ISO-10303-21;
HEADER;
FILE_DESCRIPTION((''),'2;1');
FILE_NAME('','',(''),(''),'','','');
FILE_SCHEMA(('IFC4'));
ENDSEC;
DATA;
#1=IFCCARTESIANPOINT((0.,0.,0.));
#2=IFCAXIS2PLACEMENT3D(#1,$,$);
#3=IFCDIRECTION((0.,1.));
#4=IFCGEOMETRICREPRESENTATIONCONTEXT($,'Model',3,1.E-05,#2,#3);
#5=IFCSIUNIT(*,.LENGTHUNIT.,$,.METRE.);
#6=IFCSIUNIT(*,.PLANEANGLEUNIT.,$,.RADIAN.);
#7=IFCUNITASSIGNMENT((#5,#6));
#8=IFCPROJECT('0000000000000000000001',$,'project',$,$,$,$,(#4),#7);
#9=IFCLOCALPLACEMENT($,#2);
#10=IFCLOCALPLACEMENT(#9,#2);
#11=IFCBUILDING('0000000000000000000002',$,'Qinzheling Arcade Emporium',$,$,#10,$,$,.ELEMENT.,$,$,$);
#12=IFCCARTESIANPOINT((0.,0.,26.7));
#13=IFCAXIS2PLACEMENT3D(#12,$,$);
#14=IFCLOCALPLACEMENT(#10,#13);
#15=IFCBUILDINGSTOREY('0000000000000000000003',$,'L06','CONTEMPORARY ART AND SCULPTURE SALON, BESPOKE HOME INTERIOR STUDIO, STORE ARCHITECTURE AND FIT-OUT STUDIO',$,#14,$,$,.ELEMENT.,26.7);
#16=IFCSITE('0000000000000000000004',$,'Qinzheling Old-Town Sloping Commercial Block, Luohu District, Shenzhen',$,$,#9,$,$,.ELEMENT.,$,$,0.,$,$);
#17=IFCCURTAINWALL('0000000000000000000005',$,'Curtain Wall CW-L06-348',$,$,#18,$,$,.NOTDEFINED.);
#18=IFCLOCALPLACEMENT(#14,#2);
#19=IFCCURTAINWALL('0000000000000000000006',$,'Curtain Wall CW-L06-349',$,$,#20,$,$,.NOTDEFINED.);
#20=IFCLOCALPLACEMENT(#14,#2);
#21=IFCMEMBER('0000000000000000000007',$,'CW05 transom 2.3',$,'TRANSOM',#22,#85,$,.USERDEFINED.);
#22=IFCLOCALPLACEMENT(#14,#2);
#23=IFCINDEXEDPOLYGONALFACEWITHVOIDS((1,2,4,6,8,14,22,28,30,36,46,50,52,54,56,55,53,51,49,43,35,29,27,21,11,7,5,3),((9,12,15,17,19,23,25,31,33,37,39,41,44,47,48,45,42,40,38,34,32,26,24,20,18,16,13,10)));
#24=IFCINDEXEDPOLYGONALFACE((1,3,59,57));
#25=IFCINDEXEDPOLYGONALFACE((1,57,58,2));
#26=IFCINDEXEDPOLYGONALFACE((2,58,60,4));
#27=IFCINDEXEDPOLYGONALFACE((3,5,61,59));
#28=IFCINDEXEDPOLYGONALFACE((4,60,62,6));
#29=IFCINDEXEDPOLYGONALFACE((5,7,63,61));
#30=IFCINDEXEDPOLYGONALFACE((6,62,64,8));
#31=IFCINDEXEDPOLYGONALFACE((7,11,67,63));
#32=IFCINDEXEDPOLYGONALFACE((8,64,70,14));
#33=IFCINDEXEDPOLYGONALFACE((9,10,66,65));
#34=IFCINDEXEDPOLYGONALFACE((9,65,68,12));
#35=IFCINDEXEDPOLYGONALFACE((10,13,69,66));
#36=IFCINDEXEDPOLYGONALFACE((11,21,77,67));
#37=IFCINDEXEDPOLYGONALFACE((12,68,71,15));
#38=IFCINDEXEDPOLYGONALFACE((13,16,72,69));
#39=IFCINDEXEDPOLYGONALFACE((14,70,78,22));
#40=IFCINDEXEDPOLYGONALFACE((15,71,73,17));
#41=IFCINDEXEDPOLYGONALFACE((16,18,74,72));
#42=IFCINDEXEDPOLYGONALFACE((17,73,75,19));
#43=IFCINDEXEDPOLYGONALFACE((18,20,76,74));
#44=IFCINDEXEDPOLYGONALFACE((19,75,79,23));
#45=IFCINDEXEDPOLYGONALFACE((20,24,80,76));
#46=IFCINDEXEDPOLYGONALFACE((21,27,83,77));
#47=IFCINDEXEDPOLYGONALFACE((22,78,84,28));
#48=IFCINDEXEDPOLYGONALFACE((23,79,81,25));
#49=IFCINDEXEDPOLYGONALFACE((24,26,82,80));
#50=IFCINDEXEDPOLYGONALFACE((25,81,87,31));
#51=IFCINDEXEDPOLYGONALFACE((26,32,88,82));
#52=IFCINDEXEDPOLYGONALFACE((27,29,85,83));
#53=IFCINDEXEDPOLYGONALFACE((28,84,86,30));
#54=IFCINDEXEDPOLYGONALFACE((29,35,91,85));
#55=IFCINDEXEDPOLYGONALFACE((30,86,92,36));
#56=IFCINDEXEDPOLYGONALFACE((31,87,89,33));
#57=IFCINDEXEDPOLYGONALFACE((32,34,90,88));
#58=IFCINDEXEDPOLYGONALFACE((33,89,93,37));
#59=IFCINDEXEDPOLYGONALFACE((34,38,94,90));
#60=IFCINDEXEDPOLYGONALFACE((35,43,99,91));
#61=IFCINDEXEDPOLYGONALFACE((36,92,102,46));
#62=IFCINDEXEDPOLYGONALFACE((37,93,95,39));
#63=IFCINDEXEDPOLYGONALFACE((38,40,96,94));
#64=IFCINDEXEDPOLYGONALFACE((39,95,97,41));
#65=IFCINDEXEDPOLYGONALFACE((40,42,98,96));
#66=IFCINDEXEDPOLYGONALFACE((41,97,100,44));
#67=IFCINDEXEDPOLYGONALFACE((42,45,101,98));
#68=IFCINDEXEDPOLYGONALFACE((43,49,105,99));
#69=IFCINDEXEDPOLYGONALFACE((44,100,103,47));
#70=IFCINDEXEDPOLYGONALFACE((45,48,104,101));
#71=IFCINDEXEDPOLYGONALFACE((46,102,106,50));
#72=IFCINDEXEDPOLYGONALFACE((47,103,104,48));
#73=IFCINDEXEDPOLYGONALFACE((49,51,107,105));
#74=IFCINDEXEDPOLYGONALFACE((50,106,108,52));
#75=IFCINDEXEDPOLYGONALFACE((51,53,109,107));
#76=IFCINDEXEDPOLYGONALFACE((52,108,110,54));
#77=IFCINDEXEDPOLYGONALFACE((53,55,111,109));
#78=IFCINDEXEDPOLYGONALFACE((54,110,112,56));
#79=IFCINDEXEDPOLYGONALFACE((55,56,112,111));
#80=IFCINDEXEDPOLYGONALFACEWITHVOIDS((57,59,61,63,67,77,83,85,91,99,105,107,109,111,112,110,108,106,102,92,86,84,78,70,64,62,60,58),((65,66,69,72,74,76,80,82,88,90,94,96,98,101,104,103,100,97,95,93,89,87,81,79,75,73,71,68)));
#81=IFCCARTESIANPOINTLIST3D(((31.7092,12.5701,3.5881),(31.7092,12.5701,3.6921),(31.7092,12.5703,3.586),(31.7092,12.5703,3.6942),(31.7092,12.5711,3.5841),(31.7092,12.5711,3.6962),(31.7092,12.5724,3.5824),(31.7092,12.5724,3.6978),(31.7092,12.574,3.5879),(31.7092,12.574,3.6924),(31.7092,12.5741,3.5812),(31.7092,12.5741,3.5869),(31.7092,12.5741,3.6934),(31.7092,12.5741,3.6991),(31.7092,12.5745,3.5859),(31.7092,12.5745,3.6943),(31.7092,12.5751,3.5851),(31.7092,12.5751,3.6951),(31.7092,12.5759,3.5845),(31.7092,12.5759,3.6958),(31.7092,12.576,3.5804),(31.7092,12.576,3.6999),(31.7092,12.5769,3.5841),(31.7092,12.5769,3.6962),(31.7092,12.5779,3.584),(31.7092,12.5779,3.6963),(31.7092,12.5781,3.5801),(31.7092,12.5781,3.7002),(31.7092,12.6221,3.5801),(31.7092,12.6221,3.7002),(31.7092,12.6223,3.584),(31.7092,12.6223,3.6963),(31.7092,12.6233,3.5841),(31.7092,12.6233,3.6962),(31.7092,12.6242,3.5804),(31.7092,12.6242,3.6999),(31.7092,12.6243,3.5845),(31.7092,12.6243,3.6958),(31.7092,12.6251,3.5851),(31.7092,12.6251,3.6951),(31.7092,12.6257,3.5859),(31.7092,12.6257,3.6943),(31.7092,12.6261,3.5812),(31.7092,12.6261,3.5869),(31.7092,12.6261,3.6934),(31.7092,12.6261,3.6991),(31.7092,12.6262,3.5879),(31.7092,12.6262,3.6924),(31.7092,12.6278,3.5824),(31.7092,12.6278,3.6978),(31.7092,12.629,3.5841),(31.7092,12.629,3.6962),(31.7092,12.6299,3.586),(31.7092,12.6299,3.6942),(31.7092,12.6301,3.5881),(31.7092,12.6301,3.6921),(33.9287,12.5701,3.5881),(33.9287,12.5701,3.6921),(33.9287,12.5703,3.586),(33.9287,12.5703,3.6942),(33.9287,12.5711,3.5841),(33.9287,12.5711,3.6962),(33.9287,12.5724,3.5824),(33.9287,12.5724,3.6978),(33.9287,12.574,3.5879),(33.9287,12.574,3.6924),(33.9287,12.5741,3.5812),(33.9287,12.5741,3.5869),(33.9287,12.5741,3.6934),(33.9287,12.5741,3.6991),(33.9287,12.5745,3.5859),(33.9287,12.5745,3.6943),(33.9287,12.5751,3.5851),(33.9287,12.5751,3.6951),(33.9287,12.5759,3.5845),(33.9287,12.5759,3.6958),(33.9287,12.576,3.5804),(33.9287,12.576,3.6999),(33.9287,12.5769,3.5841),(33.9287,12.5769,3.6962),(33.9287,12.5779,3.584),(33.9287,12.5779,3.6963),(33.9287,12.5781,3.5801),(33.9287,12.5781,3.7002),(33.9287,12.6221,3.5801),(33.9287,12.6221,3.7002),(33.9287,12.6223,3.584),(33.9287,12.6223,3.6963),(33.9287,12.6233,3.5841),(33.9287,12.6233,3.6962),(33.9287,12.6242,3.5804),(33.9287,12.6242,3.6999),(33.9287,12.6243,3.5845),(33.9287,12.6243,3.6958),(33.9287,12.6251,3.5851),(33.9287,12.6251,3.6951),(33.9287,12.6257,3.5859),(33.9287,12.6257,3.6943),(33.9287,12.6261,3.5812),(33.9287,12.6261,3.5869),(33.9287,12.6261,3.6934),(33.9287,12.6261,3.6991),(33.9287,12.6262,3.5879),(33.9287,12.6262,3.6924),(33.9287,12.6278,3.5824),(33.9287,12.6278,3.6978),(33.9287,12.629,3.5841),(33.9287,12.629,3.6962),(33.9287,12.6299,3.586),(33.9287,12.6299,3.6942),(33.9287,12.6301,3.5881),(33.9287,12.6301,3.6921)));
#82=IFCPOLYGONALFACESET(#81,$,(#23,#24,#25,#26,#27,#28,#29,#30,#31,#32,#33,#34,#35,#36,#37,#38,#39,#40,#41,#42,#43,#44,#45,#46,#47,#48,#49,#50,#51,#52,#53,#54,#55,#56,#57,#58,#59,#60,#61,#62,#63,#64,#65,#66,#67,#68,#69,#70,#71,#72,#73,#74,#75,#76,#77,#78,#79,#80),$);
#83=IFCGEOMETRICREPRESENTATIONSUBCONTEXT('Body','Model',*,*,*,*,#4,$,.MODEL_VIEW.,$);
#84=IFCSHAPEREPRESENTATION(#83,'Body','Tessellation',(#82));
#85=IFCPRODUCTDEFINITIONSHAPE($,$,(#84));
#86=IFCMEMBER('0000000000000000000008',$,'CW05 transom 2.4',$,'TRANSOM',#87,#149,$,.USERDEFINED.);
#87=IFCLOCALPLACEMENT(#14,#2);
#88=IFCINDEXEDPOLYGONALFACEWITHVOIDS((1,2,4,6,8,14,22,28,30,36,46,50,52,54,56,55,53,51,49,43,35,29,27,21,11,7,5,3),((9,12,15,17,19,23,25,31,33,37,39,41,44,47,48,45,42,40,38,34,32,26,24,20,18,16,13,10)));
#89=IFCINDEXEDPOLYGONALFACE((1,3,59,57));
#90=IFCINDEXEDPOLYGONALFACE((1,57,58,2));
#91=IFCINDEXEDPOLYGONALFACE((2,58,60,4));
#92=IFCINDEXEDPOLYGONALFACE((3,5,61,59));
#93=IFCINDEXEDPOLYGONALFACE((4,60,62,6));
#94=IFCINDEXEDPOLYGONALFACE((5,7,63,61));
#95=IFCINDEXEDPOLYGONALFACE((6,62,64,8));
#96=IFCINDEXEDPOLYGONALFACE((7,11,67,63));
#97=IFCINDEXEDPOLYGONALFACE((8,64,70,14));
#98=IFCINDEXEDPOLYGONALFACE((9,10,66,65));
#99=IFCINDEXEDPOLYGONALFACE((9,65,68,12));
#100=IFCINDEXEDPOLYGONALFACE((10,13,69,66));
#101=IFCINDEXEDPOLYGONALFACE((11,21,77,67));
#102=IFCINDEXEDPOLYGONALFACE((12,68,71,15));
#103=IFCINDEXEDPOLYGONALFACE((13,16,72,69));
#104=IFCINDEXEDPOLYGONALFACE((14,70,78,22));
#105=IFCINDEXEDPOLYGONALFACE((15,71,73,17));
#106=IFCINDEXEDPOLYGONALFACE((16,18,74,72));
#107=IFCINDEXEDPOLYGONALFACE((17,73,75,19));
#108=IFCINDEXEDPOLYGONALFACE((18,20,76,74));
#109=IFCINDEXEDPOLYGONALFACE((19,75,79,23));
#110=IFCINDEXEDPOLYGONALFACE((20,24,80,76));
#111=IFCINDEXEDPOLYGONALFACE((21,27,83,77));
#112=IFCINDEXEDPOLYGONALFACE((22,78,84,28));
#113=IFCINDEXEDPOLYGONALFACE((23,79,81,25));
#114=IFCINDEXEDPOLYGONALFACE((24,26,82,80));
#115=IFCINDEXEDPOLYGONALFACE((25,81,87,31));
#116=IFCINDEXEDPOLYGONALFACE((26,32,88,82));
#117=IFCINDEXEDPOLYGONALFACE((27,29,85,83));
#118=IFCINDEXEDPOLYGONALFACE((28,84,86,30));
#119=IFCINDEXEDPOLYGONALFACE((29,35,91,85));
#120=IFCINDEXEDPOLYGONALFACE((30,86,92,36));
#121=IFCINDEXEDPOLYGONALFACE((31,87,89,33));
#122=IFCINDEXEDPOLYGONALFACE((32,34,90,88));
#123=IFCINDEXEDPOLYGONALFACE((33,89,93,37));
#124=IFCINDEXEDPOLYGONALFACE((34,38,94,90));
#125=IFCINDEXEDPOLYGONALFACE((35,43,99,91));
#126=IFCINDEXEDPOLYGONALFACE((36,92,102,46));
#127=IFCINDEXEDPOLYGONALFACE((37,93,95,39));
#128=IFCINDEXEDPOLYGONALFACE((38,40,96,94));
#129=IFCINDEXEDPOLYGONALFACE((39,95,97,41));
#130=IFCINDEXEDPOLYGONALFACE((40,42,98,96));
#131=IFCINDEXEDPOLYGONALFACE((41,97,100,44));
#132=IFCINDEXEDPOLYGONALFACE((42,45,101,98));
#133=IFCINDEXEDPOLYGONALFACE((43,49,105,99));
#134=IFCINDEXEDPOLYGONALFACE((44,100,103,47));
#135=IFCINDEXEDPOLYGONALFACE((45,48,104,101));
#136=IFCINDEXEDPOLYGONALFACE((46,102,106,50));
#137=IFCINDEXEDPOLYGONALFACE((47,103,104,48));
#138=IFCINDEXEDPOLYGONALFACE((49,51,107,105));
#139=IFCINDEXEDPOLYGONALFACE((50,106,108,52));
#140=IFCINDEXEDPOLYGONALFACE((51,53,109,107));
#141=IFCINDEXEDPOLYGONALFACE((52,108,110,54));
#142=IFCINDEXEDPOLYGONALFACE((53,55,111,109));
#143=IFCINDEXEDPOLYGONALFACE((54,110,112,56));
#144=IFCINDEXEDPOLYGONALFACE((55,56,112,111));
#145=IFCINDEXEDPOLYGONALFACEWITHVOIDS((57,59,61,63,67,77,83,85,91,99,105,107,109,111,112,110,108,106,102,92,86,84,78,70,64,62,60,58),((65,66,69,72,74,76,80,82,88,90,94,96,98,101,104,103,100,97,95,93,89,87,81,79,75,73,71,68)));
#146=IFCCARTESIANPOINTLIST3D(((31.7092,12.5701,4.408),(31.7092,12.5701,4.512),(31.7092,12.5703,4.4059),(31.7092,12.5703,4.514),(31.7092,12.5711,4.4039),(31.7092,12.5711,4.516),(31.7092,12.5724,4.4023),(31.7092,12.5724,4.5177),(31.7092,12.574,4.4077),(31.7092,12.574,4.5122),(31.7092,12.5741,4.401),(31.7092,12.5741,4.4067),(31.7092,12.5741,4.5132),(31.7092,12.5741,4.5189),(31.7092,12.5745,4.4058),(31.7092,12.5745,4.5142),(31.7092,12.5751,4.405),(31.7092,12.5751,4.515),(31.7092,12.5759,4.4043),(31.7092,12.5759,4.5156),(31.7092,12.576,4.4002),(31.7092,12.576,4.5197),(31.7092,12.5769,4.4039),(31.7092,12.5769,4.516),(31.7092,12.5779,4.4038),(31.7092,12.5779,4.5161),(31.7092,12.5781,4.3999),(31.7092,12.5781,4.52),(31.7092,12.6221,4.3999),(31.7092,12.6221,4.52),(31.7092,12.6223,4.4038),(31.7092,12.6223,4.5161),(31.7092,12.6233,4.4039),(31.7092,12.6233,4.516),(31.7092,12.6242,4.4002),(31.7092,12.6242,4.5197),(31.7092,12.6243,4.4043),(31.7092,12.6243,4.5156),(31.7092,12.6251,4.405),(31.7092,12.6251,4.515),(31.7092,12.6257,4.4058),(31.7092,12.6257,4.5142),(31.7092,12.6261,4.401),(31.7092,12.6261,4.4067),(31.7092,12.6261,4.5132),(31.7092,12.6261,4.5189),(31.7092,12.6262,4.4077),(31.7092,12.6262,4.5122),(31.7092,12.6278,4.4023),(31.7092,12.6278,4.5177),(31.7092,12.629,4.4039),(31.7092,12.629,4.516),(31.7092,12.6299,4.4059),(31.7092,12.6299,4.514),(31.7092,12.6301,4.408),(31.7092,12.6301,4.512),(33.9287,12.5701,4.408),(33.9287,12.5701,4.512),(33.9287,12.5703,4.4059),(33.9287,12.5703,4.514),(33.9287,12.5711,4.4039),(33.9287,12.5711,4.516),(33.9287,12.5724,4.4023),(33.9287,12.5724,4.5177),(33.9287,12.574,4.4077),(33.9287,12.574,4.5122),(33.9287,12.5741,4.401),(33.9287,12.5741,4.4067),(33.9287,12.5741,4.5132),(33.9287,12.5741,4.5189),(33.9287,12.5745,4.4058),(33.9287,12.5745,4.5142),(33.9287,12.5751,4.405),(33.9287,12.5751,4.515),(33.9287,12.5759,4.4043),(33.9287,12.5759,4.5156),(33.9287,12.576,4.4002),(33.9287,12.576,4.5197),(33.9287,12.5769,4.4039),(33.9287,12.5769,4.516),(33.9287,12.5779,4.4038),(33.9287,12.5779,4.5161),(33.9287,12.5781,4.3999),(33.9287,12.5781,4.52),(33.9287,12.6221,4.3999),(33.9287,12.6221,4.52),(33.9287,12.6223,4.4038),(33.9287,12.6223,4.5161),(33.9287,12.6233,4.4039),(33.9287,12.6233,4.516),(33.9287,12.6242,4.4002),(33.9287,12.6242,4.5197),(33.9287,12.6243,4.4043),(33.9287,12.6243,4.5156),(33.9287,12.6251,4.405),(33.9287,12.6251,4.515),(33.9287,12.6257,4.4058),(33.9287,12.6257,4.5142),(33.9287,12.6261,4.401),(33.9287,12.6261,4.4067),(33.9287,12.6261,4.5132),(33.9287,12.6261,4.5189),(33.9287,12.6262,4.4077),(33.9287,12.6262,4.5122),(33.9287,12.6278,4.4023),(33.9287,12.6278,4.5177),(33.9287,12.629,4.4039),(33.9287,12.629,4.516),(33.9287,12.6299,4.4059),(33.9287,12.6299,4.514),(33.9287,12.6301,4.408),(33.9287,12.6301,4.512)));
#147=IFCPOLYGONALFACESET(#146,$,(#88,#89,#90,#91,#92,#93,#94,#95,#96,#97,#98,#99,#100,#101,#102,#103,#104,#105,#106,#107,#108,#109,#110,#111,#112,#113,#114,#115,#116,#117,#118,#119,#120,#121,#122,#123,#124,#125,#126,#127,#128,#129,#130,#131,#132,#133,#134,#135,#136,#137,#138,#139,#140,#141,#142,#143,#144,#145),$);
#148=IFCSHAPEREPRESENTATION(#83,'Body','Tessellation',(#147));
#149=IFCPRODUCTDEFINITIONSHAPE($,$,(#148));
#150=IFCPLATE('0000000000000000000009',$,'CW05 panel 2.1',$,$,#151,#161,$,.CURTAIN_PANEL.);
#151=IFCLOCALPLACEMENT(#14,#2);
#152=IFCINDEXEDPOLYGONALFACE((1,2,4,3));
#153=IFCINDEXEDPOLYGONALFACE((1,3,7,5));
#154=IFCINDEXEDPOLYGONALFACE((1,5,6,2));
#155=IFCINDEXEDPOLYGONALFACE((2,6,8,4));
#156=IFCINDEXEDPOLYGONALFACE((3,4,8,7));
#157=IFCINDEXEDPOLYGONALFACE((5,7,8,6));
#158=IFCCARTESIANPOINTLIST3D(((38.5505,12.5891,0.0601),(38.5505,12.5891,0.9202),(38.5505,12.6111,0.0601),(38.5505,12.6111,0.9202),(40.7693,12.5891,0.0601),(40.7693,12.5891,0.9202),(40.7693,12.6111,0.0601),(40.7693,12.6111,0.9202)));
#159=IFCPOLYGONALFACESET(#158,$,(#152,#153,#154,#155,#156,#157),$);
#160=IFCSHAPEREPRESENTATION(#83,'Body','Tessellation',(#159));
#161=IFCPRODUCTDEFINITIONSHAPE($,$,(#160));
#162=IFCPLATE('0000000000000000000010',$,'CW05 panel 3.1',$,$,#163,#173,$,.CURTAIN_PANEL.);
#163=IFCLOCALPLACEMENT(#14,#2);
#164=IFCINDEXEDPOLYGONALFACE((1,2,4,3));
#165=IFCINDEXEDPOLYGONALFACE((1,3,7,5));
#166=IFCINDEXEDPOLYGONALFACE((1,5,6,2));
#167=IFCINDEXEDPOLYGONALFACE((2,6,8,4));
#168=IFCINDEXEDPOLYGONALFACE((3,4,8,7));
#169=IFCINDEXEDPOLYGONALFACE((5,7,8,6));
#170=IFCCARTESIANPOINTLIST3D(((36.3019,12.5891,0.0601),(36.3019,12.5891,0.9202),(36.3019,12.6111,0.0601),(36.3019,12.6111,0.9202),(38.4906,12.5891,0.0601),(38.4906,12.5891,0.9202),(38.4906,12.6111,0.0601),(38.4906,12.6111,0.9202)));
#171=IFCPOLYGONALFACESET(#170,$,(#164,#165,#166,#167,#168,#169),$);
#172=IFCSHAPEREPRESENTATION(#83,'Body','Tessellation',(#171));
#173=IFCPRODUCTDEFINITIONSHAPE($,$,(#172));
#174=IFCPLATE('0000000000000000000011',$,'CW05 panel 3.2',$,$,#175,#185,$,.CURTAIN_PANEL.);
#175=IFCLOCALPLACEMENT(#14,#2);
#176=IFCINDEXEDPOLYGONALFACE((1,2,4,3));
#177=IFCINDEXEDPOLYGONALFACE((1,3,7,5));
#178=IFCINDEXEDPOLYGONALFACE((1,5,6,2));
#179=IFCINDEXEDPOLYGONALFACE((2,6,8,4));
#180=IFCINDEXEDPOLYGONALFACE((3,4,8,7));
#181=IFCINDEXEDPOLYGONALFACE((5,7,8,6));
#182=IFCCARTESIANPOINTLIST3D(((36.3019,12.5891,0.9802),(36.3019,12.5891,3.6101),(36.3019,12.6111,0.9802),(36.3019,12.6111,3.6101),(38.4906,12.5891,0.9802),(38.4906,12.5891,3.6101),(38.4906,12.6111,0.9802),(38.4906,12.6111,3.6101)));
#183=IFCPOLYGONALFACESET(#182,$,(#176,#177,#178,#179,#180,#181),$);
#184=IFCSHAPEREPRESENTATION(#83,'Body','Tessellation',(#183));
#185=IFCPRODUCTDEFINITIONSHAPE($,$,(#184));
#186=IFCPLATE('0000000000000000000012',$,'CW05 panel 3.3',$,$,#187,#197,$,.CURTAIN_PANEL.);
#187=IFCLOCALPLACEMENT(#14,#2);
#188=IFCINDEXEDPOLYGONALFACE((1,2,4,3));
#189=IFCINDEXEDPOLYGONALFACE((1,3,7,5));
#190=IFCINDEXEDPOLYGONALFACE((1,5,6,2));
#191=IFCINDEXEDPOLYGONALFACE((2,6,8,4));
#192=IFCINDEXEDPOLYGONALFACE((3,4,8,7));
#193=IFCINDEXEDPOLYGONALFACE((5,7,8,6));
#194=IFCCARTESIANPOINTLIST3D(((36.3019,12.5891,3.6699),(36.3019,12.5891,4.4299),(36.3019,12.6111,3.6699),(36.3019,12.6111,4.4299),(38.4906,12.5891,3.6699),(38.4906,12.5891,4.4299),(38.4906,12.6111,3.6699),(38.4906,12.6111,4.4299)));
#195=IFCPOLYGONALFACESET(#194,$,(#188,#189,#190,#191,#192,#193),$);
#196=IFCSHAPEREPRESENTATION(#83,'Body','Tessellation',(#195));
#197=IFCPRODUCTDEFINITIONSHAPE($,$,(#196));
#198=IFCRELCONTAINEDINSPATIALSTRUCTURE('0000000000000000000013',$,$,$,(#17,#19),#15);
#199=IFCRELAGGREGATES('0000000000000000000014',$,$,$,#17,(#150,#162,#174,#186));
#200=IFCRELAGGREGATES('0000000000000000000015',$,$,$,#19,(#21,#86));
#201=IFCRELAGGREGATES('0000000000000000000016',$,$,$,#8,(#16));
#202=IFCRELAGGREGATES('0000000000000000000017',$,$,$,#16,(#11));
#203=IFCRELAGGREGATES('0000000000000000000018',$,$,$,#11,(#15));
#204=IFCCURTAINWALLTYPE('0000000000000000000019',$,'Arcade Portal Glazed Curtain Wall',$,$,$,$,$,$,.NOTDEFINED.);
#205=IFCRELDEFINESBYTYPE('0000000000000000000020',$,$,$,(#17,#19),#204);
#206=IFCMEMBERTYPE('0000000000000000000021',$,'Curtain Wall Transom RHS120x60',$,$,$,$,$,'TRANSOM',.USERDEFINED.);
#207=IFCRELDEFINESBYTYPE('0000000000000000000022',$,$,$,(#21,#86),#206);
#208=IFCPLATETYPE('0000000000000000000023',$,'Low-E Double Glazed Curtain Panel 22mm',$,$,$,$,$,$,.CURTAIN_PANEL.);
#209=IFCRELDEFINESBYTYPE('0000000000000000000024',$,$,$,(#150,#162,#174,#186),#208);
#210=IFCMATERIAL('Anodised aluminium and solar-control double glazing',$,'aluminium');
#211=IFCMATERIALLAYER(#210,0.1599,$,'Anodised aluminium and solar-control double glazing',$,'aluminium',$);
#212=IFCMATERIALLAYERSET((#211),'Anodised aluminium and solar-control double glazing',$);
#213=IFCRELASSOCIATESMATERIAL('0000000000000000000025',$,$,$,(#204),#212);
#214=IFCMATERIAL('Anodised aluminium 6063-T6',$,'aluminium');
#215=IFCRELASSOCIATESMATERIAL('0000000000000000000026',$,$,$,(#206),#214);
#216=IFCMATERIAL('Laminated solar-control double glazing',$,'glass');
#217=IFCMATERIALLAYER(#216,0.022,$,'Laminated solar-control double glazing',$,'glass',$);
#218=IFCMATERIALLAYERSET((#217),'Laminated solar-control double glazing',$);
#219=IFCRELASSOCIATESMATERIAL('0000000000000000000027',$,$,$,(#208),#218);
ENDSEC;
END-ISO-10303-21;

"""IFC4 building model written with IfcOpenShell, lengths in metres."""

from ifc_helpers import new_model, si_unit, direction, frame, origin, origin_2d, place, context, subcontext, project, spatial, rectangle, hollow_rectangle, extrude, material, layer, layer_set, material_profile, profile_set, type_object, element, aggregate, save


model = new_model("IFC4")

# Units and contexts
model_context = context("Model", 3, precision=1e-05, world=origin(), true_north=direction((0.0, 1.0)))
body_context = subcontext(model_context, "Body", "Model", "MODEL_VIEW")
ifc_project = project(units=[si_unit("LENGTHUNIT", "METRE"), si_unit("PLANEANGLEUNIT", "RADIAN")], contexts=[model_context])

# Site, building, storey
site_placement = place(None, origin())
site = spatial("IfcSite", under=ifc_project, at=site_placement, Name="Qinzheling Old-Town Sloping Commercial Block, Luohu District, Shenzhen", CompositionType="ELEMENT", RefElevation=0.0)
building_placement = place(site_placement, origin())
building = spatial("IfcBuilding", under=site, at=building_placement, Name="Qinzheling Arcade Emporium", CompositionType="ELEMENT")
storey_placement = place(building_placement, frame((0.0, 0.0, 26.7)))
storey = spatial("IfcBuildingStorey", under=building, at=storey_placement, Name="L06", Description="CONTEMPORARY ART AND SCULPTURE SALON, BESPOKE HOME INTERIOR STUDIO, STORE ARCHITECTURE AND FIT-OUT STUDIO", CompositionType="ELEMENT", Elevation=26.7)

# Curtain walls
ifc_material_1 = material(Name="Anodised aluminium and solar-control double glazing", Category="aluminium")
ifc_layer_1 = layer(ifc_material_1, 0.1599, Name="Anodised aluminium and solar-control double glazing", Category="aluminium")
ifc_layer_set_1 = layer_set([ifc_layer_1], Name="Anodised aluminium and solar-control double glazing")
curtain_wall_type = type_object("IfcCurtainWallType", Name="Arcade Portal Glazed Curtain Wall", PredefinedType="NOTDEFINED", material=ifc_layer_set_1)
curtain_wall_1_placement = place(storey_placement, origin())
curtain_wall_1 = element("IfcCurtainWall", 1, at=curtain_wall_1_placement, inside=storey, type_object=curtain_wall_type, Name="Curtain Wall CW-L06-348", PredefinedType="NOTDEFINED")
ifc_material_2 = material(Name="Anodised aluminium 6063-T6", Category="aluminium")
curtain_wall_2_placement = place(storey_placement, origin())
curtain_wall_2 = element("IfcCurtainWall", 2, at=curtain_wall_2_placement, inside=storey, type_object=curtain_wall_type, Name="Curtain Wall CW-L06-349", PredefinedType="NOTDEFINED")

# Members
ifc_material_profile_1 = material_profile(ifc_material_2, hollow_rectangle(XDim=0.0601, YDim=0.1201, WallThickness=0.0039, InnerFilletRadius=0.0039, OuterFilletRadius=0.0081, at=origin_2d()), Name="RHS 120x60x4", Category="aluminium")
ifc_profile_set_1 = profile_set([ifc_material_profile_1], Name="Anodised aluminium 6063-T6")
member_type_1 = type_object("IfcMemberType", Name="Curtain Wall Transom RHS120x60", ElementType="TRANSOM", PredefinedType="USERDEFINED", material=ifc_profile_set_1)
member_1_placement = place(storey_placement, frame((33.9287, 12.6001, 3.6401), z_axis=(-1.0, 0.0, 0.0), x_axis=(0.0, -1.0, 0.0)))
member_1 = element("IfcMember", 3, at=member_1_placement, type_object=member_type_1, Name="CW05 transom 2.3", ObjectType="TRANSOM", PredefinedType="USERDEFINED", context=body_context, shape_type="SweptSolid", body=[
    extrude(hollow_rectangle(XDim=0.0601, YDim=0.1201, WallThickness=0.0039, InnerFilletRadius=0.0039, OuterFilletRadius=0.0081, at=origin_2d()), origin(), (0.0, 0.0, 1.0), 2.2195),
])
member_2_placement = place(storey_placement, frame((33.9287, 12.6001, 4.46), z_axis=(-1.0, 0.0, 0.0), x_axis=(0.0, -1.0, 0.0)))
member_2 = element("IfcMember", 4, at=member_2_placement, type_object=member_type_1, Name="CW05 transom 2.4", ObjectType="TRANSOM", PredefinedType="USERDEFINED", context=body_context, shape_type="SweptSolid", body=[
    extrude(hollow_rectangle(XDim=0.0601, YDim=0.1201, WallThickness=0.0039, InnerFilletRadius=0.0039, OuterFilletRadius=0.0081, at=origin_2d()), origin(), (0.0, 0.0, 1.0), 2.2195),
])

# Plates
ifc_material_3 = material(Name="Laminated solar-control double glazing", Category="glass")
ifc_layer_2 = layer(ifc_material_3, 0.022, Name="Laminated solar-control double glazing", Category="glass")
ifc_layer_set_2 = layer_set([ifc_layer_2], Name="Laminated solar-control double glazing")
plate_type_1 = type_object("IfcPlateType", Name="Low-E Double Glazed Curtain Panel 22mm", PredefinedType="CURTAIN_PANEL", material=ifc_layer_set_2)
plate_1_placement = place(storey_placement, frame((39.6599, 12.6001, 0.0601), z_axis=(0.0, 0.0, 1.0), x_axis=(-1.0, 0.0, 0.0)))
plate_1 = element("IfcPlate", 5, at=plate_1_placement, type_object=plate_type_1, Name="CW05 panel 2.1", PredefinedType="CURTAIN_PANEL", context=body_context, shape_type="SweptSolid", body=[
    extrude(rectangle(XDim=2.2188, YDim=0.022, at=origin_2d()), origin(), (0.0, 0.0, 1.0), 0.8601),
])
plate_2_placement = place(storey_placement, frame((37.3962, 12.6001, 0.0601), z_axis=(0.0, 0.0, 1.0), x_axis=(-1.0, 0.0, 0.0)))
plate_2 = element("IfcPlate", 6, at=plate_2_placement, type_object=plate_type_1, Name="CW05 panel 3.1", PredefinedType="CURTAIN_PANEL", context=body_context, shape_type="SweptSolid", body=[
    extrude(rectangle(XDim=2.1887, YDim=0.022, at=origin_2d()), origin(), (0.0, 0.0, 1.0), 0.8601),
])
plate_3_placement = place(storey_placement, frame((37.3962, 12.6001, 0.9802), z_axis=(0.0, 0.0, 1.0), x_axis=(-1.0, 0.0, 0.0)))
plate_3 = element("IfcPlate", 7, at=plate_3_placement, type_object=plate_type_1, Name="CW05 panel 3.2", PredefinedType="CURTAIN_PANEL", context=body_context, shape_type="SweptSolid", body=[
    extrude(rectangle(XDim=2.1887, YDim=0.022, at=origin_2d()), origin(), (0.0, 0.0, 1.0), 2.6299),
])
plate_4_placement = place(storey_placement, frame((37.3962, 12.6001, 3.6699), z_axis=(0.0, 0.0, 1.0), x_axis=(-1.0, 0.0, 0.0)))
plate_4 = element("IfcPlate", 8, at=plate_4_placement, type_object=plate_type_1, Name="CW05 panel 3.3", PredefinedType="CURTAIN_PANEL", context=body_context, shape_type="SweptSolid", body=[
    extrude(rectangle(XDim=2.1887, YDim=0.022, at=origin_2d()), origin(), (0.0, 0.0, 1.0), 0.76),
])
aggregate(curtain_wall_1, [plate_1, plate_2, plate_3, plate_4])
aggregate(curtain_wall_2, [member_1, member_2])

save(model, "model.ifc")
